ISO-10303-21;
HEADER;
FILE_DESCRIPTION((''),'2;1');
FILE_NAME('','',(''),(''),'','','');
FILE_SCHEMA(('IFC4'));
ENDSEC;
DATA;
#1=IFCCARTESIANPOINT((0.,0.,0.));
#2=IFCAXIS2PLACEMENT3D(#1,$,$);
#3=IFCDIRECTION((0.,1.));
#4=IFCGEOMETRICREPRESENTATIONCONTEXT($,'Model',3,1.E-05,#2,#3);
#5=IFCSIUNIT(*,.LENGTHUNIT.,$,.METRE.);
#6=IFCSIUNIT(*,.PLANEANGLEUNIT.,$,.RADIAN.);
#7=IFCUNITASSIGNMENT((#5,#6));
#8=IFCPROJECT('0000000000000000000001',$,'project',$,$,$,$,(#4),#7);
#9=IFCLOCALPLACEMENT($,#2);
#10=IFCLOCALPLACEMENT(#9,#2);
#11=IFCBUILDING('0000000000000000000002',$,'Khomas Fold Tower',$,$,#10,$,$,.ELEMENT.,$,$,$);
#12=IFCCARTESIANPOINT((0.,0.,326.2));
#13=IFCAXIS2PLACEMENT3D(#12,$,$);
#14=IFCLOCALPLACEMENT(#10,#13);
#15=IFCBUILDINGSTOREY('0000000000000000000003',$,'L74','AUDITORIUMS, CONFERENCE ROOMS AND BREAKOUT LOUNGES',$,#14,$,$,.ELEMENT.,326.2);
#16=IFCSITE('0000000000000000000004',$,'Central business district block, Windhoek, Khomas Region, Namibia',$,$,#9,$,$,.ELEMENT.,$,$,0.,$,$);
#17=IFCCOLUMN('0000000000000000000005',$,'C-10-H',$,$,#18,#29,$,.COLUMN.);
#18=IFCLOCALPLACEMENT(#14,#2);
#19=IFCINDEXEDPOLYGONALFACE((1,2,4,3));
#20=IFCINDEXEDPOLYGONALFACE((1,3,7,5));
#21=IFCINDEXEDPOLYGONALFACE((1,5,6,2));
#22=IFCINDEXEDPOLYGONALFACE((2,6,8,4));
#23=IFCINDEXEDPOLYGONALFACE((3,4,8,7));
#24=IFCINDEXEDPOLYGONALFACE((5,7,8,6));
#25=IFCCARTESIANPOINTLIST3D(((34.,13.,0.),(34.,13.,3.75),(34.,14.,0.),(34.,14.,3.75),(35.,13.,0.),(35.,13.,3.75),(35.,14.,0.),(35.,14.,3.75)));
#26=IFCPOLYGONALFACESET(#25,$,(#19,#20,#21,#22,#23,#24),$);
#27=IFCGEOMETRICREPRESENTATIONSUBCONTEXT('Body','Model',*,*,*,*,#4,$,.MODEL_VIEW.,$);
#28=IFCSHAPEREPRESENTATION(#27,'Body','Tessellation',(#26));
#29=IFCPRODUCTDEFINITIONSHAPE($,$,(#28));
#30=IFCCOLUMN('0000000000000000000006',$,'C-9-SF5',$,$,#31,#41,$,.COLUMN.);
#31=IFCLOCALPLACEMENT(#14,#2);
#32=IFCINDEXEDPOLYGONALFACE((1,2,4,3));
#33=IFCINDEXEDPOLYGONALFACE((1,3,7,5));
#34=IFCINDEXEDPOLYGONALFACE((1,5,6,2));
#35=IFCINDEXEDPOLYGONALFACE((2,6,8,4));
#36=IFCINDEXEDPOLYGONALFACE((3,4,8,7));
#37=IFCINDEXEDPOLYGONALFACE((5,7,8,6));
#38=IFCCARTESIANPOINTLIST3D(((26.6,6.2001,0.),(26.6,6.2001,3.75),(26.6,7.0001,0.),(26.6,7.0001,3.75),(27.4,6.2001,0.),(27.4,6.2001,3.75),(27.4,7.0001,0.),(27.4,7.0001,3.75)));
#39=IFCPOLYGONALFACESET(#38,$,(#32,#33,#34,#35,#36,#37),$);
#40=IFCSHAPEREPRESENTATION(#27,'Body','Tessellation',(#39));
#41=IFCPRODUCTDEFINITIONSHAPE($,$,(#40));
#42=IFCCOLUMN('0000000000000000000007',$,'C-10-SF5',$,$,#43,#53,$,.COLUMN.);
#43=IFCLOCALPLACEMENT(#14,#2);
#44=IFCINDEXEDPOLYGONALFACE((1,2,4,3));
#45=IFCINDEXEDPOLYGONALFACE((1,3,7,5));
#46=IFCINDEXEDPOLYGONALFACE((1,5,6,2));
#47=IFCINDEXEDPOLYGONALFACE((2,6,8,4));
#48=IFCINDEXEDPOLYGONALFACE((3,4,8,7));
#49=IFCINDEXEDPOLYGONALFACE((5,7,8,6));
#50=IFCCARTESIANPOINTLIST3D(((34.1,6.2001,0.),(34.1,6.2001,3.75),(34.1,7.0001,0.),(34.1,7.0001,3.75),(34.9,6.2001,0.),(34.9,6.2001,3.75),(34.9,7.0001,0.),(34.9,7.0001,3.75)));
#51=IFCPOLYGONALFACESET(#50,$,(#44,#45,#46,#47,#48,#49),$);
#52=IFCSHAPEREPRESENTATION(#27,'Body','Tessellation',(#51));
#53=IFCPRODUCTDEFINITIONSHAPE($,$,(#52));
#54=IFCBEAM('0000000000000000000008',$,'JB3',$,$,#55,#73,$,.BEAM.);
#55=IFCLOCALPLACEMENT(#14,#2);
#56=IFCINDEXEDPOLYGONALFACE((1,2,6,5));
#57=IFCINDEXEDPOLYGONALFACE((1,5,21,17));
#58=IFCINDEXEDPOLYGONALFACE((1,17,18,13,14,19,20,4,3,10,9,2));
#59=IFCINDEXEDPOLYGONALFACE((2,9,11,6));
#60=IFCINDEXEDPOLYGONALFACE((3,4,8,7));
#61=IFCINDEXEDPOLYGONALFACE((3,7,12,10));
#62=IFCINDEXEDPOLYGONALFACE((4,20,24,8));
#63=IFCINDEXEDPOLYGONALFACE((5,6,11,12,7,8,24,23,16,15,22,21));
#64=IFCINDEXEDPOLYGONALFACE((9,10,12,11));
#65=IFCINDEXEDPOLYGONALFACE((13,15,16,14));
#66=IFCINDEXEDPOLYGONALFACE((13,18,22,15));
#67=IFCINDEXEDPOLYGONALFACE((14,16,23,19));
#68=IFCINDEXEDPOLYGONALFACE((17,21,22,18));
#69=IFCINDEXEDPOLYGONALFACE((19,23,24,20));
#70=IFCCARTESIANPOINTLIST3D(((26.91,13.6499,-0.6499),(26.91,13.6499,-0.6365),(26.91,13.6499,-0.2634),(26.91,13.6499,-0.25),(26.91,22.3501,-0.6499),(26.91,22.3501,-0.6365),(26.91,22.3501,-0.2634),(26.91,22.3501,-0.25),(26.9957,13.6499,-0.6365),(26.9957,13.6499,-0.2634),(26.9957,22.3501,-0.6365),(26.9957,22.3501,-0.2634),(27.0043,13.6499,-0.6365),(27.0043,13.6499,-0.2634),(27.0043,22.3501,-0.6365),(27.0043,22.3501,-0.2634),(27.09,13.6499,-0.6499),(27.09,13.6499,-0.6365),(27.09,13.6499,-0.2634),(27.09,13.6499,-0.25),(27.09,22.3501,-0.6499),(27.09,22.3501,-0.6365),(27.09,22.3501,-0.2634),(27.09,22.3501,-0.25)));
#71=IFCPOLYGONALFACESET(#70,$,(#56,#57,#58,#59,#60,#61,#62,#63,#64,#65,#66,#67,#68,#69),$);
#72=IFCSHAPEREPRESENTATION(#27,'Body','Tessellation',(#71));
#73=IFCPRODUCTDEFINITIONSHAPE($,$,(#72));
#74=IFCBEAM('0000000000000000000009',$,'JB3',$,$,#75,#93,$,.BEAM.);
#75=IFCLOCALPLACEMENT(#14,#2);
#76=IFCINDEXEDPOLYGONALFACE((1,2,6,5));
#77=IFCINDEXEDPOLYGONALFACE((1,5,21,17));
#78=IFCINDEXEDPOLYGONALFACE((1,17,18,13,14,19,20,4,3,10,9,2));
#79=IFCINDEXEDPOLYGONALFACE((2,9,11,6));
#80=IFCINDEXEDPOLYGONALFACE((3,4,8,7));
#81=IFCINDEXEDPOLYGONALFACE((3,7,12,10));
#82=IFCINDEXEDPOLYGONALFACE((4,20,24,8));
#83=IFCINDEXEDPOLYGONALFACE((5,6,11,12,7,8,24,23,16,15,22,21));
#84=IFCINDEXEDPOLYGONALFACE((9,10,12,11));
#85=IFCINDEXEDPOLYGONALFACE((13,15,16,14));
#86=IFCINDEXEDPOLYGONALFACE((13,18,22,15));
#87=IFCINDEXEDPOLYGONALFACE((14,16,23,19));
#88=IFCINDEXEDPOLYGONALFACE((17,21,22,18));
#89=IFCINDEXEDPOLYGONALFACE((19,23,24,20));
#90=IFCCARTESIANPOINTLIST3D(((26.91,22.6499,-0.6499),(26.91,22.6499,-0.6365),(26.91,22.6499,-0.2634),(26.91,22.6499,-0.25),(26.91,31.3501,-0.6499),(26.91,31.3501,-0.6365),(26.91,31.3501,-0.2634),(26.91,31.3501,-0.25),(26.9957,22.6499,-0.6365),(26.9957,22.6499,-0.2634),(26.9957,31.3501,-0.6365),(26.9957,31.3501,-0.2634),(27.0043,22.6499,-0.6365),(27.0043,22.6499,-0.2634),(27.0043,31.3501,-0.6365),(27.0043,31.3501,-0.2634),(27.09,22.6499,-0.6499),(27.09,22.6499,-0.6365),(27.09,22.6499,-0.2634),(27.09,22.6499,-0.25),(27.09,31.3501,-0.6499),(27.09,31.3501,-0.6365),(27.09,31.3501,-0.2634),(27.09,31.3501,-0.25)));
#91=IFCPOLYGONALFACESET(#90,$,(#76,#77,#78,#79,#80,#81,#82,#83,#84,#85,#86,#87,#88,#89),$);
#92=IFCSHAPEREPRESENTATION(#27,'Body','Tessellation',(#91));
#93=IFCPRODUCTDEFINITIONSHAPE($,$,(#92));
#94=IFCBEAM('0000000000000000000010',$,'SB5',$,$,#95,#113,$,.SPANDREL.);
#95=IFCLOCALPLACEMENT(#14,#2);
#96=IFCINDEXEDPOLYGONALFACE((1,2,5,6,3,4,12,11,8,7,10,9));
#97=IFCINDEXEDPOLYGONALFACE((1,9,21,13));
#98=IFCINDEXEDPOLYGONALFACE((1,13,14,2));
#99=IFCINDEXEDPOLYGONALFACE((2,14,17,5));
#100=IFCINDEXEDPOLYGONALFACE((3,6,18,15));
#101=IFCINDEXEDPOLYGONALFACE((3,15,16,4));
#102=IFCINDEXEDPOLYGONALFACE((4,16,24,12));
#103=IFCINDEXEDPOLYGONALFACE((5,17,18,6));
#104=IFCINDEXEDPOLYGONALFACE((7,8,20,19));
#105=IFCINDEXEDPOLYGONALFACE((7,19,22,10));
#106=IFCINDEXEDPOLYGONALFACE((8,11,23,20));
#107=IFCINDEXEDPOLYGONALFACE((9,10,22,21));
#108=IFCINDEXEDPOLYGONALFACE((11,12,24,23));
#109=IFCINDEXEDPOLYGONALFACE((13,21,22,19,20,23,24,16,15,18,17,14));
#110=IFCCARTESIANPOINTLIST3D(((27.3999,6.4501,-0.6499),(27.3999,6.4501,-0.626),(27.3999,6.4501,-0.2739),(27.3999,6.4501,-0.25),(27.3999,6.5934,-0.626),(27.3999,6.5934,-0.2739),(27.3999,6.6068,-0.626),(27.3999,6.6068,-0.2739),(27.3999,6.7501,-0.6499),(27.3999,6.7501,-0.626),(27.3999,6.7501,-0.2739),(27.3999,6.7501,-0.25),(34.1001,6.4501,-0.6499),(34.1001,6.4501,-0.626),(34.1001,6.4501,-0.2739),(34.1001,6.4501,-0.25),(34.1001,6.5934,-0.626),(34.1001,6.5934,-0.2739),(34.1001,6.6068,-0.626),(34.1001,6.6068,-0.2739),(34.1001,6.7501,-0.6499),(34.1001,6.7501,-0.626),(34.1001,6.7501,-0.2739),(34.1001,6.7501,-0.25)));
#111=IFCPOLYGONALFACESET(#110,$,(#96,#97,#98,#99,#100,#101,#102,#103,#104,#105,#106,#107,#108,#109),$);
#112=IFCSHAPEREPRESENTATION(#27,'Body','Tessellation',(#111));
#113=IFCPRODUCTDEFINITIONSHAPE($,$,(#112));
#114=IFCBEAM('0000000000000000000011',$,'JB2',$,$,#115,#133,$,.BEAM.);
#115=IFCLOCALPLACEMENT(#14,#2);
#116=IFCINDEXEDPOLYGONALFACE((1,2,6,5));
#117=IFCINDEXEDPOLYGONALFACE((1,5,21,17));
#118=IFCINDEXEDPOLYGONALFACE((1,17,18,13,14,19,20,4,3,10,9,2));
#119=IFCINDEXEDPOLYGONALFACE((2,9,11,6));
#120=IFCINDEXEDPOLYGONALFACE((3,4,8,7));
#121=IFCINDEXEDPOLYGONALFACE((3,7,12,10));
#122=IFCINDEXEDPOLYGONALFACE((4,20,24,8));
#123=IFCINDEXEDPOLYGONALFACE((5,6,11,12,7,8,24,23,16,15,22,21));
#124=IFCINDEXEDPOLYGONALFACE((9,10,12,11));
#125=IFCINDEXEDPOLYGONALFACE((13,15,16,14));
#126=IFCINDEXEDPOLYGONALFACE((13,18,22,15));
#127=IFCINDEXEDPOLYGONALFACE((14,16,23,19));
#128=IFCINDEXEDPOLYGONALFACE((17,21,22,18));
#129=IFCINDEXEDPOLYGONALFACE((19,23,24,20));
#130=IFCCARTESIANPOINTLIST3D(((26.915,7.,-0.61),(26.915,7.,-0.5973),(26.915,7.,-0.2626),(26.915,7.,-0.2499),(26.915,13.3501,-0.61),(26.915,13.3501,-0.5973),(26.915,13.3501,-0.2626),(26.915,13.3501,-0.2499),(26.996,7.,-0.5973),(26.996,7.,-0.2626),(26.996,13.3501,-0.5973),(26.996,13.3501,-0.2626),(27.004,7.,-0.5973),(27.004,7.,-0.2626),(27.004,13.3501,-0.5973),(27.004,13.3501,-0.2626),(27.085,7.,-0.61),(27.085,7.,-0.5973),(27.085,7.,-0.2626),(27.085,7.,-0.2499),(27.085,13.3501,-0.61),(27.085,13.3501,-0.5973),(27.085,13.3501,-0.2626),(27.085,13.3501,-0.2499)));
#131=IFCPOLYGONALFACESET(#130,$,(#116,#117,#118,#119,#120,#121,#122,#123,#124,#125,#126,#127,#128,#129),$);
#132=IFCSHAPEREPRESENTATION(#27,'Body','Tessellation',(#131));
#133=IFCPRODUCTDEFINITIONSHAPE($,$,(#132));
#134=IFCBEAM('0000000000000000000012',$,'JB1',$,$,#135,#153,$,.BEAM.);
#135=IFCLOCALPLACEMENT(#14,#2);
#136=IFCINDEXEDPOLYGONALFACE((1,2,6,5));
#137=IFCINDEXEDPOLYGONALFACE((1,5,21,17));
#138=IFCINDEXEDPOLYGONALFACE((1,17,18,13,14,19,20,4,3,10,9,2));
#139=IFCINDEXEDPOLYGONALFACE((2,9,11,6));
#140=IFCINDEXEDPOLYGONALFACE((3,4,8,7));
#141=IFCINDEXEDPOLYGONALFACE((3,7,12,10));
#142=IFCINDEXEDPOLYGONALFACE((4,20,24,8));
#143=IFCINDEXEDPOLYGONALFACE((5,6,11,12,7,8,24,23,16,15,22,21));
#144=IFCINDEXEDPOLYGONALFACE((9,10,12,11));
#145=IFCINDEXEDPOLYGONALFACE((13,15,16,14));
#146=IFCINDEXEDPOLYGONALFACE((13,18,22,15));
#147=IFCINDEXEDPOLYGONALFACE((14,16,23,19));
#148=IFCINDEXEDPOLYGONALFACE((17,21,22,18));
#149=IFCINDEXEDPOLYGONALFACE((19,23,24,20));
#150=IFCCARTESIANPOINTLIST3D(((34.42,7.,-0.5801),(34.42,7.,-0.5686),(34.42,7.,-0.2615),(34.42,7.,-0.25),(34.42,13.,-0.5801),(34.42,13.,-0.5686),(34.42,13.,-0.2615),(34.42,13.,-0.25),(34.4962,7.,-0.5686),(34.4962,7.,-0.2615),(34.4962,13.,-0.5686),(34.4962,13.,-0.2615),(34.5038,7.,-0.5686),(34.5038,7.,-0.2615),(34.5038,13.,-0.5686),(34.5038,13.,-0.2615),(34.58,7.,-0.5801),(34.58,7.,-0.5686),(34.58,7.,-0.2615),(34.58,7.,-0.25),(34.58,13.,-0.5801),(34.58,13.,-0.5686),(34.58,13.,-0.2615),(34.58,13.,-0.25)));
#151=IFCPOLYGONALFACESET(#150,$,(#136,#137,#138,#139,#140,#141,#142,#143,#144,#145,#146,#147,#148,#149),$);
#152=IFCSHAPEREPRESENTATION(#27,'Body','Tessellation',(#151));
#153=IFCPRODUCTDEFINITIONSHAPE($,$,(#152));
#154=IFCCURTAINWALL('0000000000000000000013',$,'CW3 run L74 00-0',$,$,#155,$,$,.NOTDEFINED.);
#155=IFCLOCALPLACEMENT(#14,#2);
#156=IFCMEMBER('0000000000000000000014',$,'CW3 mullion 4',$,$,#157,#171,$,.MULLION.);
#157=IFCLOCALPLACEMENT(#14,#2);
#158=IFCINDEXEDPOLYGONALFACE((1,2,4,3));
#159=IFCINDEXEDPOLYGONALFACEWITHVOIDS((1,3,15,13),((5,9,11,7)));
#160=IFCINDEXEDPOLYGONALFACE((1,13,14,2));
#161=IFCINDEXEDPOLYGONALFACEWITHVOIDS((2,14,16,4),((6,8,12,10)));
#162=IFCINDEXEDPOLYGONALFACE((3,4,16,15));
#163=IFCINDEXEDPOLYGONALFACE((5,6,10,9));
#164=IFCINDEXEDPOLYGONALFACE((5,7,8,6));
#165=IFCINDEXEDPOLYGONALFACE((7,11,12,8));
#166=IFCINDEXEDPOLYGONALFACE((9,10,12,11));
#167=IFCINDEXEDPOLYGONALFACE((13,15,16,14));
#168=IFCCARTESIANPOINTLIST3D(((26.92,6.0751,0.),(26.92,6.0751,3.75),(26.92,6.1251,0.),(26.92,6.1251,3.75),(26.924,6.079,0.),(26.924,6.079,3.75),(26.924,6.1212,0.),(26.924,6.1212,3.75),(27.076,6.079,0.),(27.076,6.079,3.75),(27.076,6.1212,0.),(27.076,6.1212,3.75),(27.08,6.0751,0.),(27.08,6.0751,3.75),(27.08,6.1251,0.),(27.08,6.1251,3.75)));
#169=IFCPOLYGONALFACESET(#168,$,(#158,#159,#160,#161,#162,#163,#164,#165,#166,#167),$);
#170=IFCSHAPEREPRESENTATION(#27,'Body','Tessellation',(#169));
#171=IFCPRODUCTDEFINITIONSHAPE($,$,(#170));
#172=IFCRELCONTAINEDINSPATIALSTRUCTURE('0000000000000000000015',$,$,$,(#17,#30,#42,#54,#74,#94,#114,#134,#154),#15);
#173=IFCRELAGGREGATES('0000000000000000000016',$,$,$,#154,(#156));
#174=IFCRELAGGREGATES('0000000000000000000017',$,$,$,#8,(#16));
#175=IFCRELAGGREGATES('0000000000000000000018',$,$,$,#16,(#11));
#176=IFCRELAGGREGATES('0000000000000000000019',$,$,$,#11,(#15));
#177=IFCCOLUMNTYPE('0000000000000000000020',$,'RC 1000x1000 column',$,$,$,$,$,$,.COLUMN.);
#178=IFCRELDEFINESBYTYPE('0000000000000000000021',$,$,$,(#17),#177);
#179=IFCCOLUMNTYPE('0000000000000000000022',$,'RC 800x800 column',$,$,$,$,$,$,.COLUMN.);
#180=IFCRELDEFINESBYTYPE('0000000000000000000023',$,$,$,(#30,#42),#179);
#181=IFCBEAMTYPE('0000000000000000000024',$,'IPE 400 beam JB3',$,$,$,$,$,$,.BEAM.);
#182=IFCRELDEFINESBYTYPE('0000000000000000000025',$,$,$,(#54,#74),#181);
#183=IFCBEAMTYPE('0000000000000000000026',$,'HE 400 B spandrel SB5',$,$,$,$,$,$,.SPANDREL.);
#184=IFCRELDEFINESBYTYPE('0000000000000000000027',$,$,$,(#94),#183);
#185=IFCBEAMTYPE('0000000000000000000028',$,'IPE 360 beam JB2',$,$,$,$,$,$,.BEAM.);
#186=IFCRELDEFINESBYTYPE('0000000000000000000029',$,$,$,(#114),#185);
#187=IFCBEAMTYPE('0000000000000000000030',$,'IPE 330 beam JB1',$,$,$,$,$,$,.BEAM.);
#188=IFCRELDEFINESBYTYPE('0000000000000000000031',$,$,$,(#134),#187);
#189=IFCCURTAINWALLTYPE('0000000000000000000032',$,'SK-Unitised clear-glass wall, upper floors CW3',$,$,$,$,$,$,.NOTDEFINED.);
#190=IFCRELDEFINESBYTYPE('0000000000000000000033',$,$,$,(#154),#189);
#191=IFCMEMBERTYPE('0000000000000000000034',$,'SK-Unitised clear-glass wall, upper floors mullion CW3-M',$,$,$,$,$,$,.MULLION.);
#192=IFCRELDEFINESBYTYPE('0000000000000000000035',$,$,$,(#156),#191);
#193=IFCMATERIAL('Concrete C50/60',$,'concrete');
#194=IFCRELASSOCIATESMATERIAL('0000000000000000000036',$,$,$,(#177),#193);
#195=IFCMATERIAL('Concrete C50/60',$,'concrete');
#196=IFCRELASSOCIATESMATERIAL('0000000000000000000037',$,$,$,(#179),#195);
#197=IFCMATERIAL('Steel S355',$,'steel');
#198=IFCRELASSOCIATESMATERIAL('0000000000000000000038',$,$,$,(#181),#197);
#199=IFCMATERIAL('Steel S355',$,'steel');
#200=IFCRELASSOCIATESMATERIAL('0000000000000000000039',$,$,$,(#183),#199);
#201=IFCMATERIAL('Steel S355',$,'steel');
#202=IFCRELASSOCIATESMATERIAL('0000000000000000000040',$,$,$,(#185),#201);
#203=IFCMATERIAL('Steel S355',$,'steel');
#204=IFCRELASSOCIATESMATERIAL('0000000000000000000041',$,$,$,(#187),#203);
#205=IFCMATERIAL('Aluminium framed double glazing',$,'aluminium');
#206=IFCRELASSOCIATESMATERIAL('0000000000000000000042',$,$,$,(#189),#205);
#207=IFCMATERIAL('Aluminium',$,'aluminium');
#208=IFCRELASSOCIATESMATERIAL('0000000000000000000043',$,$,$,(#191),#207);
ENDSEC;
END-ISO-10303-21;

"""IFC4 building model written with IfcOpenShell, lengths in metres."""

from ifc_helpers import new_model, si_unit, direction, frame, origin, origin_2d, place, context, subcontext, project, spatial, rectangle, hollow_rectangle, i_section, extrude, source, transform, mapped, material, material_profile, profile_set, type_object, element, aggregate, save


model = new_model("IFC4")

# Units and contexts
model_context = context("Model", 3, precision=1e-05, world=origin(), true_north=direction((0.0, 1.0)))
body_context = subcontext(model_context, "Body", "Model", "MODEL_VIEW")
ifc_project = project(units=[si_unit("LENGTHUNIT", "METRE"), si_unit("PLANEANGLEUNIT", "RADIAN")], contexts=[model_context])

# Site, building, storey
site_placement = place(None, origin())
site = spatial("IfcSite", under=ifc_project, at=site_placement, Name="Central business district block, Windhoek, Khomas Region, Namibia", CompositionType="ELEMENT", RefElevation=0.0)
building_placement = place(site_placement, origin())
building = spatial("IfcBuilding", under=site, at=building_placement, Name="Khomas Fold Tower", CompositionType="ELEMENT")
storey_placement = place(building_placement, frame((0.0, 0.0, 326.2)))
storey = spatial("IfcBuildingStorey", under=building, at=storey_placement, Name="L74", Description="AUDITORIUMS, CONFERENCE ROOMS AND BREAKOUT LOUNGES", CompositionType="ELEMENT", Elevation=326.2)

# Columns
ifc_material_1 = material(Name="Concrete C50/60", Category="concrete")
ifc_material_profile_1 = material_profile(ifc_material_1, rectangle(XDim=1.0, YDim=1.0, at=origin_2d()), Name="RC 1000x1000")
ifc_profile_set_1 = profile_set([ifc_material_profile_1], Name="Concrete C50/60")
column_type_1 = type_object("IfcColumnType", Name="RC 1000x1000 column", PredefinedType="COLUMN", material=ifc_profile_set_1)
shared_shape_1 = source(origin(), body_context, "Body", "SweptSolid", [
    extrude(rectangle(XDim=1.0, YDim=1.0, at=origin_2d()), origin(), (0.0, 0.0, 1.0), 3.75),
])
column_placement = place(storey_placement, frame((34.5, 13.5, 0.0), z_axis=(0.0, 0.0, 1.0), x_axis=(1.0, 0.0, 0.0)))
element("IfcColumn", 1, at=column_placement, inside=storey, type_object=column_type_1, Name="C-10-H", PredefinedType="COLUMN", context=body_context, shape_type="MappedRepresentation", body=[
    mapped(shared_shape_1, transform((0.0, 0.0, 0.0))),
])
ifc_material_2 = material(Name="Concrete C50/60", Category="concrete")
ifc_material_profile_2 = material_profile(ifc_material_2, rectangle(XDim=0.8, YDim=0.8, at=origin_2d()), Name="RC 800x800")
ifc_profile_set_2 = profile_set([ifc_material_profile_2], Name="Concrete C50/60")
column_type_2 = type_object("IfcColumnType", Name="RC 800x800 column", PredefinedType="COLUMN", material=ifc_profile_set_2)
shared_shape_2 = source(origin(), body_context, "Body", "SweptSolid", [
    extrude(rectangle(XDim=0.8, YDim=0.8, at=origin_2d()), origin(), (0.0, 0.0, 1.0), 3.75),
])
for number, where, z_axis, x_axis, name in (
    (2, (27.0, 6.6001, 0.0), (0.0, 0.0, 1.0), (1.0, 0.0, 0.0), "C-9-SF5"),
    (3, (34.5, 6.6001, 0.0), (0.0, 0.0, 1.0), (1.0, 0.0, 0.0), "C-10-SF5"),
):
    element("IfcColumn", number, at=place(storey_placement, frame(where, z_axis=z_axis, x_axis=x_axis)), inside=storey, type_object=column_type_2, Name=name, PredefinedType="COLUMN", context=body_context, shape_type="MappedRepresentation", body=[
        mapped(shared_shape_2, transform((0.0, 0.0, 0.0))),
    ])

# Beams
ifc_material_3 = material(Name="Steel S355", Category="steel")
ifc_material_profile_3 = material_profile(ifc_material_3, i_section(OverallWidth=0.1799, OverallDepth=0.3999, WebThickness=0.0085, FlangeThickness=0.0134, at=origin_2d()), Name="IPE 400")
ifc_profile_set_3 = profile_set([ifc_material_profile_3], Name="Steel S355")
beam_type_1 = type_object("IfcBeamType", Name="IPE 400 beam JB3", PredefinedType="BEAM", material=ifc_profile_set_3)
shared_shape_3 = source(origin(), body_context, "Body", "SweptSolid", [
    extrude(i_section(OverallWidth=0.1799, OverallDepth=0.3999, WebThickness=0.0085, FlangeThickness=0.0134, at=origin_2d()), origin(), (0.0, 0.0, 1.0), 8.7002),
])
for number, where, z_axis, x_axis, name in (
    (4, (27.0, 13.6499, -0.45), (0.0, 1.0, 0.0), (-1.0, 0.0, 0.0), "JB3"),
    (5, (27.0, 22.6499, -0.45), (0.0, 1.0, 0.0), (-1.0, 0.0, 0.0), "JB3"),
):
    element("IfcBeam", number, at=place(storey_placement, frame(where, z_axis=z_axis, x_axis=x_axis)), inside=storey, type_object=beam_type_1, Name=name, PredefinedType="BEAM", context=body_context, shape_type="MappedRepresentation", body=[
        mapped(shared_shape_3, transform((0.0, 0.0, 0.0))),
    ])
ifc_material_4 = material(Name="Steel S355", Category="steel")
ifc_material_profile_4 = material_profile(ifc_material_4, i_section(OverallWidth=0.3, OverallDepth=0.3999, WebThickness=0.0134, FlangeThickness=0.0239, at=origin_2d()), Name="HE 400 B")
ifc_profile_set_4 = profile_set([ifc_material_profile_4], Name="Steel S355")
beam_type_2 = type_object("IfcBeamType", Name="HE 400 B spandrel SB5", PredefinedType="SPANDREL", material=ifc_profile_set_4)
shared_shape_4 = source(origin(), body_context, "Body", "SweptSolid", [
    extrude(i_section(OverallWidth=0.3, OverallDepth=0.3999, WebThickness=0.0134, FlangeThickness=0.0239, at=origin_2d()), origin(), (0.0, 0.0, 1.0), 6.7002),
])
beam_1_placement = place(storey_placement, frame((27.3999, 6.6001, -0.45), z_axis=(1.0, 0.0, 0.0), x_axis=(0.0, 1.0, 0.0)))
element("IfcBeam", 6, at=beam_1_placement, inside=storey, type_object=beam_type_2, Name="SB5", PredefinedType="SPANDREL", context=body_context, shape_type="MappedRepresentation", body=[
    mapped(shared_shape_4, transform((0.0, 0.0, 0.0))),
])
ifc_material_5 = material(Name="Steel S355", Category="steel")
ifc_material_profile_5 = material_profile(ifc_material_5, i_section(OverallWidth=0.1699, OverallDepth=0.3601, WebThickness=0.0081, FlangeThickness=0.0127, at=origin_2d()), Name="IPE 360")
ifc_profile_set_5 = profile_set([ifc_material_profile_5], Name="Steel S355")
beam_type_3 = type_object("IfcBeamType", Name="IPE 360 beam JB2", PredefinedType="BEAM", material=ifc_profile_set_5)
shared_shape_5 = source(origin(), body_context, "Body", "SweptSolid", [
    extrude(i_section(OverallWidth=0.1699, OverallDepth=0.3601, WebThickness=0.0081, FlangeThickness=0.0127, at=origin_2d()), origin(), (0.0, 0.0, 1.0), 6.3501),
])
beam_2_placement = place(storey_placement, frame((27.0, 7.0, -0.4299), z_axis=(0.0, 1.0, 0.0), x_axis=(-1.0, 0.0, 0.0)))
element("IfcBeam", 7, at=beam_2_placement, inside=storey, type_object=beam_type_3, Name="JB2", PredefinedType="BEAM", context=body_context, shape_type="MappedRepresentation", body=[
    mapped(shared_shape_5, transform((0.0, 0.0, 0.0))),
])
ifc_material_6 = material(Name="Steel S355", Category="steel")
ifc_material_profile_6 = material_profile(ifc_material_6, i_section(OverallWidth=0.1599, OverallDepth=0.3301, WebThickness=0.0076, FlangeThickness=0.0115, at=origin_2d()), Name="IPE 330")
ifc_profile_set_6 = profile_set([ifc_material_profile_6], Name="Steel S355")
beam_type_4 = type_object("IfcBeamType", Name="IPE 330 beam JB1", PredefinedType="BEAM", material=ifc_profile_set_6)
shared_shape_6 = source(origin(), body_context, "Body", "SweptSolid", [
    extrude(i_section(OverallWidth=0.1599, OverallDepth=0.3301, WebThickness=0.0076, FlangeThickness=0.0115, at=origin_2d()), origin(), (0.0, 0.0, 1.0), 6.0),
])
beam_3_placement = place(storey_placement, frame((34.5, 7.0, -0.415), z_axis=(0.0, 1.0, 0.0), x_axis=(-1.0, 0.0, 0.0)))
element("IfcBeam", 8, at=beam_3_placement, inside=storey, type_object=beam_type_4, Name="JB1", PredefinedType="BEAM", context=body_context, shape_type="MappedRepresentation", body=[
    mapped(shared_shape_6, transform((0.0, 0.0, 0.0))),
])

# Curtain wall, member
ifc_material_7 = material(Name="Aluminium framed double glazing", Category="aluminium")
curtain_wall_type = type_object("IfcCurtainWallType", Name="SK-Unitised clear-glass wall, upper floors CW3", PredefinedType="NOTDEFINED", material=ifc_material_7)
curtain_wall_placement = place(storey_placement, origin())
curtain_wall = element("IfcCurtainWall", 9, at=curtain_wall_placement, inside=storey, type_object=curtain_wall_type, Name="CW3 run L74 00-0", PredefinedType="NOTDEFINED")
ifc_material_8 = material(Name="Aluminium", Category="aluminium")
ifc_material_profile_7 = material_profile(ifc_material_8, hollow_rectangle(XDim=0.05, YDim=0.1599, WallThickness=0.0039, at=origin_2d()), Name="SK-Unitised clear-glass wall, upper floors mullion CW3-M")
ifc_profile_set_7 = profile_set([ifc_material_profile_7], Name="Aluminium")
member_type_1 = type_object("IfcMemberType", Name="SK-Unitised clear-glass wall, upper floors mullion CW3-M", PredefinedType="MULLION", material=ifc_profile_set_7)
shared_shape_7 = source(origin(), body_context, "Body", "SweptSolid", [
    extrude(hollow_rectangle(XDim=0.05, YDim=0.1599, WallThickness=0.0039, at=origin_2d()), origin(), (0.0, 0.0, 1.0), 3.75),
])
member_1_placement = place(storey_placement, frame((27.0, 6.1001, 0.0), z_axis=(0.0, 0.0, 1.0), x_axis=(0.0, 1.0, 0.0)))
member_1 = element("IfcMember", 10, at=member_1_placement, type_object=member_type_1, Name="CW3 mullion 4", PredefinedType="MULLION", context=body_context, shape_type="MappedRepresentation", body=[
    mapped(shared_shape_7, transform((0.0, 0.0, 0.0))),
])
aggregate(curtain_wall, [member_1])

save(model, "model.ifc")
